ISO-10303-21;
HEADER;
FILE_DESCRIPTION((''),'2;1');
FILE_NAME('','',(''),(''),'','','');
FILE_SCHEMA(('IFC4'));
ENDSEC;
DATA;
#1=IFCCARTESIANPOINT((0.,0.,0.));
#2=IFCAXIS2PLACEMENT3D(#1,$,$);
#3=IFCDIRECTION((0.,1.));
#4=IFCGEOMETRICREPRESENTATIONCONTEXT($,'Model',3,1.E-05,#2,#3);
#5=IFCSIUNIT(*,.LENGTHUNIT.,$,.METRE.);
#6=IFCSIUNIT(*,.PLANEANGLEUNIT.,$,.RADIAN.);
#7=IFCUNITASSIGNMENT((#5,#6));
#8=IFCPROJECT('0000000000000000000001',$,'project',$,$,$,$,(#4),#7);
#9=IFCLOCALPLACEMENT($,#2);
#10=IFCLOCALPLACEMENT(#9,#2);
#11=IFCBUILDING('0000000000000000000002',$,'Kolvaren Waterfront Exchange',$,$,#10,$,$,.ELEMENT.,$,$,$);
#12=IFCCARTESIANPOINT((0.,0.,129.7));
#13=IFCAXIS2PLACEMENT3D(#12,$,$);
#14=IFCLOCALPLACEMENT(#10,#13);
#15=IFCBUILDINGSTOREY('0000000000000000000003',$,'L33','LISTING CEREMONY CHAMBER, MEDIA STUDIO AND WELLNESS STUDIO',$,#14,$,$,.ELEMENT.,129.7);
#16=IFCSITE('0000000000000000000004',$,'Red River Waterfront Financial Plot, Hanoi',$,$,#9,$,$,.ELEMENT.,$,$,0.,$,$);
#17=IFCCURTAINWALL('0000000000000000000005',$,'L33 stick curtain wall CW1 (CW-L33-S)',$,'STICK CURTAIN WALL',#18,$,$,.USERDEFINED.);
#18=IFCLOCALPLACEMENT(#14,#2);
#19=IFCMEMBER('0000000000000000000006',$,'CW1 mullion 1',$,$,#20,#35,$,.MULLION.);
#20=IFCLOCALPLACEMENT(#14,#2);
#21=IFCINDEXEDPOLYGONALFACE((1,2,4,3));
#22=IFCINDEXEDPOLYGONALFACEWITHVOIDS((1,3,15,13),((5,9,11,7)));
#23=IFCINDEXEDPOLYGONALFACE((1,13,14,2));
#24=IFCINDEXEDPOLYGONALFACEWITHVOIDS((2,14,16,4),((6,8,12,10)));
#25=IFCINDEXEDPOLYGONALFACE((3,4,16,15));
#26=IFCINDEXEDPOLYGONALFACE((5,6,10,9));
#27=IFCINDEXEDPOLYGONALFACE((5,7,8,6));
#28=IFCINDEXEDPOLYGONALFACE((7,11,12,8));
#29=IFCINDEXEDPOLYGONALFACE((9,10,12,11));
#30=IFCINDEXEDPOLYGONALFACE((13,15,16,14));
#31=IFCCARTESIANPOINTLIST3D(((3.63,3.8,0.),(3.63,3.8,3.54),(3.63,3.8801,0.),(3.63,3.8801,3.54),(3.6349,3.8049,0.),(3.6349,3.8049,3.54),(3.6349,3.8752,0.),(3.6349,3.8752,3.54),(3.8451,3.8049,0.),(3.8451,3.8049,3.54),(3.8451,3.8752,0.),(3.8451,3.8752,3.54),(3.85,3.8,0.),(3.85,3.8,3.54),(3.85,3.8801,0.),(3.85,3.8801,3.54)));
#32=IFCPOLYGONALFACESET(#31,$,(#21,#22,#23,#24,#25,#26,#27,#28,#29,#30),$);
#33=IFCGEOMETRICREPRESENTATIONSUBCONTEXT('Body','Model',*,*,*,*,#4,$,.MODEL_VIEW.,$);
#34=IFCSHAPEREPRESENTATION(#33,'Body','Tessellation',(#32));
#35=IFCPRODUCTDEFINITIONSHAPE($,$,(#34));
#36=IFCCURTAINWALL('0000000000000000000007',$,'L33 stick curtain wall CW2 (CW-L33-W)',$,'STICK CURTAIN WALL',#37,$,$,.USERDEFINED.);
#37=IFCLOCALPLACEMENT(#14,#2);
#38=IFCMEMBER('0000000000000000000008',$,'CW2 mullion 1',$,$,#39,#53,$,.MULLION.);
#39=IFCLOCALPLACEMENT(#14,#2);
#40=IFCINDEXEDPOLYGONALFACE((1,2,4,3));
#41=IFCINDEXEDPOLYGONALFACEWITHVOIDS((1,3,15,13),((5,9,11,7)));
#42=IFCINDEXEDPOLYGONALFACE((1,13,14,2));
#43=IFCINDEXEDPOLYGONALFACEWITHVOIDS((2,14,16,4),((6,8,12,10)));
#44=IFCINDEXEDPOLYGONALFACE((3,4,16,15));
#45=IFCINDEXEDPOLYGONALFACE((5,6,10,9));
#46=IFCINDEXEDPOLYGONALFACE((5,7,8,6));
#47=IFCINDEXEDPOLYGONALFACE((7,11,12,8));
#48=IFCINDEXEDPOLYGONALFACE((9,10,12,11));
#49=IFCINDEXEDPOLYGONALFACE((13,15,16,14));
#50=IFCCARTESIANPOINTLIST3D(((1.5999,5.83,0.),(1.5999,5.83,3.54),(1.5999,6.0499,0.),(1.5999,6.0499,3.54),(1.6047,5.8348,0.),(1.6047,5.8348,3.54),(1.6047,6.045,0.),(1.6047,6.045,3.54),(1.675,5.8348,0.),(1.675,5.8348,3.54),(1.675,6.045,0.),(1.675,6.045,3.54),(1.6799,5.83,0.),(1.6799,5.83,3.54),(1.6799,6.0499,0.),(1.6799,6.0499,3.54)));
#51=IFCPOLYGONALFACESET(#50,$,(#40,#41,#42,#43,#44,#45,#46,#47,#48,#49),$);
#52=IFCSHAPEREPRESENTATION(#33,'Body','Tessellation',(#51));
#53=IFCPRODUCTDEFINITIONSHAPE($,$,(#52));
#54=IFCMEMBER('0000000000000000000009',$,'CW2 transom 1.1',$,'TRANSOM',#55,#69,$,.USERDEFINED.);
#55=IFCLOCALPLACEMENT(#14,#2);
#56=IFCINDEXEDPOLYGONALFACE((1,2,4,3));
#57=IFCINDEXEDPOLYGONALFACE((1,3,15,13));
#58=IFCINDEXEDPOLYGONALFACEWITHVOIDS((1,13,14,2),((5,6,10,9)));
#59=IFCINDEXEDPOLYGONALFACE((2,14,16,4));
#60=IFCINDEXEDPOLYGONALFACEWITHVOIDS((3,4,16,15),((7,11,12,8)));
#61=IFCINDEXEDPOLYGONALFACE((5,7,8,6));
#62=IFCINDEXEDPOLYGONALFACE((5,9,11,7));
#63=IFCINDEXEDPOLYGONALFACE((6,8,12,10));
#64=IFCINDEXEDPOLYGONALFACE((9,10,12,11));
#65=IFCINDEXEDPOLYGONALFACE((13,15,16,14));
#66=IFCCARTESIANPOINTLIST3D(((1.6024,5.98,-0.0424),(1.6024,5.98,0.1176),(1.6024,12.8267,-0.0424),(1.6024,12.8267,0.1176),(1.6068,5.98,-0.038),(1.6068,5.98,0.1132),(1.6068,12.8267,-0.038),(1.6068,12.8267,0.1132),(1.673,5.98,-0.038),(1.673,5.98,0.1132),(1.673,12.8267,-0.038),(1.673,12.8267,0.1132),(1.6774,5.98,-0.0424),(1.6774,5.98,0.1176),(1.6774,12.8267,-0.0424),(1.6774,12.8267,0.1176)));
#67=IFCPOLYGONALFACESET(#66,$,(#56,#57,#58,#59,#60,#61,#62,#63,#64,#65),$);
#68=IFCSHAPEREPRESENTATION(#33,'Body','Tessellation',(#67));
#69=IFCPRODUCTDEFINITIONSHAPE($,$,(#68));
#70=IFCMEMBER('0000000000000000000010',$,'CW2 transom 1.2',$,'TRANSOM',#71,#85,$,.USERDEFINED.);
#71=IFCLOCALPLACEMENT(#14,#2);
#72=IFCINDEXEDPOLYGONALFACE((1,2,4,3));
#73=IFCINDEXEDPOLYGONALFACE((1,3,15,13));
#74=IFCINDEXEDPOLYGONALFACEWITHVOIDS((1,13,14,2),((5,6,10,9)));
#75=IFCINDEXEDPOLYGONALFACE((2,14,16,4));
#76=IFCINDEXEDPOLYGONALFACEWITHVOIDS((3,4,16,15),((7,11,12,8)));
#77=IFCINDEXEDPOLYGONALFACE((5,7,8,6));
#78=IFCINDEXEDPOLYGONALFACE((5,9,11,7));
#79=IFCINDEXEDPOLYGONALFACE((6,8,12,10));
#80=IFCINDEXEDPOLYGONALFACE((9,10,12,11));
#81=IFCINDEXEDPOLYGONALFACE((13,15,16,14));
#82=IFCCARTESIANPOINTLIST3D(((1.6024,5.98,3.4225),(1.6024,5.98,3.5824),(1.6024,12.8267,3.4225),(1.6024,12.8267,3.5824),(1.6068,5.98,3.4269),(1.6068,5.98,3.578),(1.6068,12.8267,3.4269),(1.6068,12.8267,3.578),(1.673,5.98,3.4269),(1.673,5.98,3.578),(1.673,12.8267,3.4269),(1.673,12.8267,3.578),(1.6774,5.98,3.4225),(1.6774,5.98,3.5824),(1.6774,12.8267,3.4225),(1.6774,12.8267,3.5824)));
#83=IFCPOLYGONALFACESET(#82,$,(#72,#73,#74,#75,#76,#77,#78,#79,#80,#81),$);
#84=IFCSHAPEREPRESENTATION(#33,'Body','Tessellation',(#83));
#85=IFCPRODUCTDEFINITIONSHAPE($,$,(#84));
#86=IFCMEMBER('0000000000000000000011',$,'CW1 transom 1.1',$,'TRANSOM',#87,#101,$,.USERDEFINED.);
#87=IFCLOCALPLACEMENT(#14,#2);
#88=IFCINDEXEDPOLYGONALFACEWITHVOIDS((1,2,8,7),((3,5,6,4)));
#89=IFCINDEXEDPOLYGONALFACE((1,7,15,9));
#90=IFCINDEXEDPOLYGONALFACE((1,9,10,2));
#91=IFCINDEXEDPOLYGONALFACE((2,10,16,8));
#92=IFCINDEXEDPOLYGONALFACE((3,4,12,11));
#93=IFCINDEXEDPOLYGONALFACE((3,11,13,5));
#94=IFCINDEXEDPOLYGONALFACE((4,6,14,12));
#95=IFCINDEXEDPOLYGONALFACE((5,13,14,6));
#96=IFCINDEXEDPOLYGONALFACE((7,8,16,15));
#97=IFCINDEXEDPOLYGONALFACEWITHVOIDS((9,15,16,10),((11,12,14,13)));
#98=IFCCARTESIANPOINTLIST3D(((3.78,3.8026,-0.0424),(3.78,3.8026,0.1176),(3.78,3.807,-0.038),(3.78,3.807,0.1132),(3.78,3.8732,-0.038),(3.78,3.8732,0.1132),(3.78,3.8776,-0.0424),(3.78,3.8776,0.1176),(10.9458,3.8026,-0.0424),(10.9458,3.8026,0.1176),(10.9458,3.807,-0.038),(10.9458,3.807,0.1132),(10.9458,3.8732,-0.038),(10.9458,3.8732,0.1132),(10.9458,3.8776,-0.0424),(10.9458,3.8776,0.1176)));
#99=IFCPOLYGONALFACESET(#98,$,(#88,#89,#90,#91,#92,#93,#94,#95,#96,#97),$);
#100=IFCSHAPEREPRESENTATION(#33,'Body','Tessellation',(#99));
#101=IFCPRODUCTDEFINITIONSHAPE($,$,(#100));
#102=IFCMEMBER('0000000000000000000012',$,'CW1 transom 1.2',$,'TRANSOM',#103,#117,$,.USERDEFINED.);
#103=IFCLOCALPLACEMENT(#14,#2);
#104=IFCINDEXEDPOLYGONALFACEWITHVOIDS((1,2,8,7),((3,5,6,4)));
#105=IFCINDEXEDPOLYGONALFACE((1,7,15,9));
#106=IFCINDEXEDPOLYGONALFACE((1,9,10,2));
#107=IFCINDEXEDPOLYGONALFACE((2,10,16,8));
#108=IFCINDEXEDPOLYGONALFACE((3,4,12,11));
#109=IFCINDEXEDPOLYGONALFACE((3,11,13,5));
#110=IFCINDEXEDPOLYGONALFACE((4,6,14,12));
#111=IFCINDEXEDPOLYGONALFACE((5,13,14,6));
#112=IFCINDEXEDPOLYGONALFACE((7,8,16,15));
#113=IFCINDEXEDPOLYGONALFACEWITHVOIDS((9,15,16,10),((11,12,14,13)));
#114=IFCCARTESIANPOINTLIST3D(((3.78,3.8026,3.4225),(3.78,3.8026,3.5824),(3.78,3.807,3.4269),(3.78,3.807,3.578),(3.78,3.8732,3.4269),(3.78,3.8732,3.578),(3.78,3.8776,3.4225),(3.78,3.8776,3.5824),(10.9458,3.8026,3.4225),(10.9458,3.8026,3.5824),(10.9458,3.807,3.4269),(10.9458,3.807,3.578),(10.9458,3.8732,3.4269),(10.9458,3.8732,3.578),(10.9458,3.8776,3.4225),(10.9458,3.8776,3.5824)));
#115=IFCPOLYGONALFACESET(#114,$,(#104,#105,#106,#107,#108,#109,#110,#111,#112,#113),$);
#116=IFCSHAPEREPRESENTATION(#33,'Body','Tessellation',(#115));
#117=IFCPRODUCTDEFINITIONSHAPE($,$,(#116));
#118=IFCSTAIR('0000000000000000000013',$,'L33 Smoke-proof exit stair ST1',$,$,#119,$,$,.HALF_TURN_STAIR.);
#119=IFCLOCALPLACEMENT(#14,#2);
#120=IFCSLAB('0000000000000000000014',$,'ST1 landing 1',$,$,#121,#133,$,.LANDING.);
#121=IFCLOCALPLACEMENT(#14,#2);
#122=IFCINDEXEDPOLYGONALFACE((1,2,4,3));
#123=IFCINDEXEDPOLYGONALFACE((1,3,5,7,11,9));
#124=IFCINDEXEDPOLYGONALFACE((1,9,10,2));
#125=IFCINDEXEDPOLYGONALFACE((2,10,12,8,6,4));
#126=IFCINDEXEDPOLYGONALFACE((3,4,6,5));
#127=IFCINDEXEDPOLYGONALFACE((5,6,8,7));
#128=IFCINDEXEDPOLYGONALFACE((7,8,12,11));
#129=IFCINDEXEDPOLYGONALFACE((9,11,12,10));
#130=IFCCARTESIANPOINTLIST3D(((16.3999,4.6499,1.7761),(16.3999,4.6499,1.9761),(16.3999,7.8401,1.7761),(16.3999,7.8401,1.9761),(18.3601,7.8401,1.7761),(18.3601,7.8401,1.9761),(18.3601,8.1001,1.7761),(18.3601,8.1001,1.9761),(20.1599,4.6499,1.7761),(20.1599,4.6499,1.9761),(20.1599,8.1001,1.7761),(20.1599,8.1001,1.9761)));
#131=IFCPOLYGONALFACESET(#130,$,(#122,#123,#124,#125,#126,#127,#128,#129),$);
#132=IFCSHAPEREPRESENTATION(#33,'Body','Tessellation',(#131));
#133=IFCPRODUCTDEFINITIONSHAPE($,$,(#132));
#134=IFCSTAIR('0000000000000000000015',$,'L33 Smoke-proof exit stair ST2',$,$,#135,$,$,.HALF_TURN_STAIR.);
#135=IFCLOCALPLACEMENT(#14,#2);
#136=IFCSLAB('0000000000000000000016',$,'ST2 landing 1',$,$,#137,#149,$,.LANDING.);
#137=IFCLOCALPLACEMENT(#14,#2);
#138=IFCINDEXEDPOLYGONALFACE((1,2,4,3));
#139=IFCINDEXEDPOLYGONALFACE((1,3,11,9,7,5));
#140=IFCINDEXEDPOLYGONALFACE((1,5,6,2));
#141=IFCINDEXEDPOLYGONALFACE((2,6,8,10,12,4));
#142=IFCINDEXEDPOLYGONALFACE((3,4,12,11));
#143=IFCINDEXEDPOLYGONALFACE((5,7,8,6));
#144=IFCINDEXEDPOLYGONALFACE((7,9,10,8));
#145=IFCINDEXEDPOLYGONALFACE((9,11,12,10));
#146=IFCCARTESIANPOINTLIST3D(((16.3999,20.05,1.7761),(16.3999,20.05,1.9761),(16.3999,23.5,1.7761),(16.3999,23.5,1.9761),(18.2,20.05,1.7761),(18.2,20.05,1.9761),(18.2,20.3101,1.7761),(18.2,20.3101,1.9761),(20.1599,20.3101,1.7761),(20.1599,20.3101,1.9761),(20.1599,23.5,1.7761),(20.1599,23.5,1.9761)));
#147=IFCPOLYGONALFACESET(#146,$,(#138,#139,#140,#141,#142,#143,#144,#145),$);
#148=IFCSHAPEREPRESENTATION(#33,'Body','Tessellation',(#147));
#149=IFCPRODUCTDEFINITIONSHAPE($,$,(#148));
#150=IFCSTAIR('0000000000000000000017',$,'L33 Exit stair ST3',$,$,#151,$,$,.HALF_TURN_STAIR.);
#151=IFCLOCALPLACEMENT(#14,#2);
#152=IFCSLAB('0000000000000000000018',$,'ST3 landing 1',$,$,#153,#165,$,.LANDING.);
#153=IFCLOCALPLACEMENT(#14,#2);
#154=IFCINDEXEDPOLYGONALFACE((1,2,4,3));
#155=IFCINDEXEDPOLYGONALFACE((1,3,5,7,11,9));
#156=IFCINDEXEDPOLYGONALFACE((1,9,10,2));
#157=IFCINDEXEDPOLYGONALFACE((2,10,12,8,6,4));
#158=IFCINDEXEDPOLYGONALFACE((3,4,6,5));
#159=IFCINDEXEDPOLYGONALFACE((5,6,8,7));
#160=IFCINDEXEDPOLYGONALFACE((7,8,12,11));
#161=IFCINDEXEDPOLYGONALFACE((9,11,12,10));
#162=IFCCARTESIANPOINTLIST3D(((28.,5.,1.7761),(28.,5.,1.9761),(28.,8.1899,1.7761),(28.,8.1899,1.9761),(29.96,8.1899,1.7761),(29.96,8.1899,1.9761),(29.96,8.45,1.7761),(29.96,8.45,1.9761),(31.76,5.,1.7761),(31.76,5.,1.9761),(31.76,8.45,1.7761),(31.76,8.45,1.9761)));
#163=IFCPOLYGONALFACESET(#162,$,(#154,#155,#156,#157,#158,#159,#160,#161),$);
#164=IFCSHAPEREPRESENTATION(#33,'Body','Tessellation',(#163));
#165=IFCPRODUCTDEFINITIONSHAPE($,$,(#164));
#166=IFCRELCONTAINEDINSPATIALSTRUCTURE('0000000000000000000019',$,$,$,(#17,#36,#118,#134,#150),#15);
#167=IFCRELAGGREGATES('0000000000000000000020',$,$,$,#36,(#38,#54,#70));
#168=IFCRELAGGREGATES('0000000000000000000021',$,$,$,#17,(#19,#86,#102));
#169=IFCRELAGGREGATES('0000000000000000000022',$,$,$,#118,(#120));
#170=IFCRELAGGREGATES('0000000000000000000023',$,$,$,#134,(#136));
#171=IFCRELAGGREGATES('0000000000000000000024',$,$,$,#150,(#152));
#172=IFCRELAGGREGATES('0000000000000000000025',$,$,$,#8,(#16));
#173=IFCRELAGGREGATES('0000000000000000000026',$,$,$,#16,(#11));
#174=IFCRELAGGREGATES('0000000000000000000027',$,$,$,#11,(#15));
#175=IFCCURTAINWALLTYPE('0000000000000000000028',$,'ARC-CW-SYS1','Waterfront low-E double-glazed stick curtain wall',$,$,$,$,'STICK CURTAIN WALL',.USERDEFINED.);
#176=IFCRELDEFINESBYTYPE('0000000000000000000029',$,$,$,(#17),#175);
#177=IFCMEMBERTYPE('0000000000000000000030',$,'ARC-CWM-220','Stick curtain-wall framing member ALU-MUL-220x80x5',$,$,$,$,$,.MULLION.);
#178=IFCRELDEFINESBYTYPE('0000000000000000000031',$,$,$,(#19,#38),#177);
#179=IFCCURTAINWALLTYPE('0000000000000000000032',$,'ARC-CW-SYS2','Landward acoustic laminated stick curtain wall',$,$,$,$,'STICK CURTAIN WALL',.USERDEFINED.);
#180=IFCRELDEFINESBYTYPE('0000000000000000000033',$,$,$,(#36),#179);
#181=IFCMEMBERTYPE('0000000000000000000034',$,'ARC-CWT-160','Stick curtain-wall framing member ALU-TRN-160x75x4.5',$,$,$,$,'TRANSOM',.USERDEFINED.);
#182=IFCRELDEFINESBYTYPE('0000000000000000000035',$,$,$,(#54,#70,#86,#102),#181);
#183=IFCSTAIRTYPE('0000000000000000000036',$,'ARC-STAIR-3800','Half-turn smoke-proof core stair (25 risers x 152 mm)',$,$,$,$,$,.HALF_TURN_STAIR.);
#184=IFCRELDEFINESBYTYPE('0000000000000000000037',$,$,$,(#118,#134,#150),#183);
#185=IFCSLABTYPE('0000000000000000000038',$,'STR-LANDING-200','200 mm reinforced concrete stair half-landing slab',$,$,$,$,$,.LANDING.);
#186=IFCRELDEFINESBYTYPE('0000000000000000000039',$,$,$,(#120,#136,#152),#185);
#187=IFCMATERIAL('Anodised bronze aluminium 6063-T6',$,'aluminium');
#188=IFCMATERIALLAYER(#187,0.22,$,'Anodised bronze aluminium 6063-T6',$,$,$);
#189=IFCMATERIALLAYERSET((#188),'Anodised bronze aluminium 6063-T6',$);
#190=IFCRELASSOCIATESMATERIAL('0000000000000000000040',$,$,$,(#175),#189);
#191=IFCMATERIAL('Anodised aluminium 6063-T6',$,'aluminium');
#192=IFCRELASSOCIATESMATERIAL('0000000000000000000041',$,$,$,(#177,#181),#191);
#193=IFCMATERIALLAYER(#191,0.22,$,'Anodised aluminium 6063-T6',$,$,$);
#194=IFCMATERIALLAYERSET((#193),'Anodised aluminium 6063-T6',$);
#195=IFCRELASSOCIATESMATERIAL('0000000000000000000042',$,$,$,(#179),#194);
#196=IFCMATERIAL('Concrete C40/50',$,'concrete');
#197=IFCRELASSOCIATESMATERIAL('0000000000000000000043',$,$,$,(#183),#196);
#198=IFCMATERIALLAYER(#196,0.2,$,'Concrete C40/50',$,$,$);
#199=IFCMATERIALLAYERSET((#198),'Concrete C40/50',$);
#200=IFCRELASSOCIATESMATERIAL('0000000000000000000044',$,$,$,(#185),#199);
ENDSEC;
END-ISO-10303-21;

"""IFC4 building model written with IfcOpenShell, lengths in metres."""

from ifc_helpers import new_model, si_unit, direction, frame, origin, origin_with_axes, origin_2d, place, context, subcontext, project, spatial, polyline, hollow_rectangle, outline, extrude, source, transform, mapped, material, layer, layer_set, material_profile, profile_set, type_object, element, aggregate, save


model = new_model("IFC4")

# Units and contexts
model_context = context("Model", 3, precision=1e-05, world=origin(), true_north=direction((0.0, 1.0)))
body_context = subcontext(model_context, "Body", "Model", "MODEL_VIEW")
ifc_project = project(units=[si_unit("LENGTHUNIT", "METRE"), si_unit("PLANEANGLEUNIT", "RADIAN")], contexts=[model_context])

# Site, building, storey
site_placement = place(None, origin())
site = spatial("IfcSite", under=ifc_project, at=site_placement, Name="Red River Waterfront Financial Plot, Hanoi", CompositionType="ELEMENT", RefElevation=0.0)
building_placement = place(site_placement, origin())
building = spatial("IfcBuilding", under=site, at=building_placement, Name="Kolvaren Waterfront Exchange", CompositionType="ELEMENT")
storey_placement = place(building_placement, frame((0.0, 0.0, 129.7)))
storey = spatial("IfcBuildingStorey", under=building, at=storey_placement, Name="L33", Description="LISTING CEREMONY CHAMBER, MEDIA STUDIO AND WELLNESS STUDIO", CompositionType="ELEMENT", Elevation=129.7)

# Curtain wall, member
ifc_material_1 = material(Name="Anodised bronze aluminium 6063-T6", Category="aluminium")
ifc_layer_1 = layer(ifc_material_1, 0.22, Name="Anodised bronze aluminium 6063-T6")
ifc_layer_set_1 = layer_set([ifc_layer_1], Name="Anodised bronze aluminium 6063-T6")
curtain_wall_type_1 = type_object("IfcCurtainWallType", Name="ARC-CW-SYS1", Description="Waterfront low-E double-glazed stick curtain wall", ElementType="STICK CURTAIN WALL", PredefinedType="USERDEFINED", material=ifc_layer_set_1)
curtain_wall_1_placement = place(storey_placement, origin())
curtain_wall_1 = element("IfcCurtainWall", 1, at=curtain_wall_1_placement, inside=storey, type_object=curtain_wall_type_1, Name="L33 stick curtain wall CW1 (CW-L33-S)", ObjectType="STICK CURTAIN WALL", PredefinedType="USERDEFINED")
ifc_material_2 = material(Name="Anodised aluminium 6063-T6", Category="aluminium")
ifc_material_profile_1 = material_profile(ifc_material_2, hollow_rectangle(XDim=0.0801, YDim=0.22, WallThickness=0.0049, at=origin_2d()), Name="ALU-MUL-220x80x5")
ifc_profile_set_1 = profile_set([ifc_material_profile_1], Name="Anodised aluminium 6063-T6")
member_type_1 = type_object("IfcMemberType", Name="ARC-CWM-220", Description="Stick curtain-wall framing member ALU-MUL-220x80x5", PredefinedType="MULLION", material=ifc_profile_set_1)
shared_shape_1 = source(origin_with_axes(), body_context, "Body", "SweptSolid", [
    extrude(hollow_rectangle(XDim=0.0801, YDim=0.22, WallThickness=0.0049, at=origin_2d()), origin(), (0.0, 0.0, 1.0), 3.54),
])
member_1_placement = place(storey_placement, frame((3.74, 3.8401, 0.0), z_axis=(0.0, 0.0, 1.0), x_axis=(0.0, 1.0, 0.0)))
member_1 = element("IfcMember", 2, at=member_1_placement, type_object=member_type_1, Name="CW1 mullion 1", PredefinedType="MULLION", context=body_context, shape_type="MappedRepresentation", body=[
    mapped(shared_shape_1, transform((0.0, 0.0, 0.0), x_axis=(1.0, 0.0, 0.0), y_axis=(0.0, 1.0, 0.0), z_axis=(0.0, 0.0, 1.0), scale=1.0)),
])

# Curtain wall, members
ifc_layer_2 = layer(ifc_material_2, 0.22, Name="Anodised aluminium 6063-T6")
ifc_layer_set_2 = layer_set([ifc_layer_2], Name="Anodised aluminium 6063-T6")
curtain_wall_type_2 = type_object("IfcCurtainWallType", Name="ARC-CW-SYS2", Description="Landward acoustic laminated stick curtain wall", ElementType="STICK CURTAIN WALL", PredefinedType="USERDEFINED", material=ifc_layer_set_2)
curtain_wall_2_placement = place(storey_placement, origin())
curtain_wall_2 = element("IfcCurtainWall", 3, at=curtain_wall_2_placement, inside=storey, type_object=curtain_wall_type_2, Name="L33 stick curtain wall CW2 (CW-L33-W)", ObjectType="STICK CURTAIN WALL", PredefinedType="USERDEFINED")
member_2_placement = place(storey_placement, frame((1.6399, 5.9399, 0.0), z_axis=(0.0, 0.0, 1.0), x_axis=(-1.0, 0.0, 0.0)))
member_2 = element("IfcMember", 4, at=member_2_placement, type_object=member_type_1, Name="CW2 mullion 1", PredefinedType="MULLION", context=body_context, shape_type="MappedRepresentation", body=[
    mapped(shared_shape_1, transform((0.0, 0.0, 0.0), x_axis=(1.0, 0.0, 0.0), y_axis=(0.0, 1.0, 0.0), z_axis=(0.0, 0.0, 1.0), scale=1.0)),
])
ifc_material_profile_2 = material_profile(ifc_material_2, hollow_rectangle(XDim=0.075, YDim=0.1599, WallThickness=0.0044, at=origin_2d()), Name="ALU-TRN-160x75x4.5")
ifc_profile_set_2 = profile_set([ifc_material_profile_2], Name="Anodised aluminium 6063-T6")
member_type_2 = type_object("IfcMemberType", Name="ARC-CWT-160", Description="Stick curtain-wall framing member ALU-TRN-160x75x4.5", ElementType="TRANSOM", PredefinedType="USERDEFINED", material=ifc_profile_set_2)
shared_shape_2 = source(origin_with_axes(), body_context, "Body", "SweptSolid", [
    extrude(hollow_rectangle(XDim=0.075, YDim=0.1599, WallThickness=0.0044, at=origin_2d()), origin(), (0.0, 0.0, 1.0), 6.8467),
])
member_3_placement = place(storey_placement, frame((1.6399, 5.98, 0.0376), z_axis=(0.0, 1.0, 0.0), x_axis=(-1.0, 0.0, 0.0)))
member_3 = element("IfcMember", 5, at=member_3_placement, type_object=member_type_2, Name="CW2 transom 1.1", ObjectType="TRANSOM", PredefinedType="USERDEFINED", context=body_context, shape_type="MappedRepresentation", body=[
    mapped(shared_shape_2, transform((0.0, 0.0, 0.0), x_axis=(1.0, 0.0, 0.0), y_axis=(0.0, 1.0, 0.0), z_axis=(0.0, 0.0, 1.0), scale=1.0)),
])
member_4_placement = place(storey_placement, frame((1.6399, 5.98, 3.5024), z_axis=(0.0, 1.0, 0.0), x_axis=(-1.0, 0.0, 0.0)))
member_4 = element("IfcMember", 6, at=member_4_placement, type_object=member_type_2, Name="CW2 transom 1.2", ObjectType="TRANSOM", PredefinedType="USERDEFINED", context=body_context, shape_type="MappedRepresentation", body=[
    mapped(shared_shape_2, transform((0.0, 0.0, 0.0), x_axis=(1.0, 0.0, 0.0), y_axis=(0.0, 1.0, 0.0), z_axis=(0.0, 0.0, 1.0), scale=1.0)),
])
aggregate(curtain_wall_2, [member_2, member_3, member_4])

# Members
shared_shape_3 = source(origin_with_axes(), body_context, "Body", "SweptSolid", [
    extrude(hollow_rectangle(XDim=0.075, YDim=0.1599, WallThickness=0.0044, at=origin_2d()), origin(), (0.0, 0.0, 1.0), 7.1658),
])
member_5_placement = place(storey_placement, frame((3.78, 3.8401, 0.0376), z_axis=(1.0, 0.0, 0.0), x_axis=(0.0, 1.0, 0.0)))
member_5 = element("IfcMember", 7, at=member_5_placement, type_object=member_type_2, Name="CW1 transom 1.1", ObjectType="TRANSOM", PredefinedType="USERDEFINED", context=body_context, shape_type="MappedRepresentation", body=[
    mapped(shared_shape_3, transform((0.0, 0.0, 0.0), x_axis=(1.0, 0.0, 0.0), y_axis=(0.0, 1.0, 0.0), z_axis=(0.0, 0.0, 1.0), scale=1.0)),
])
member_6_placement = place(storey_placement, frame((3.78, 3.8401, 3.5024), z_axis=(1.0, 0.0, 0.0), x_axis=(0.0, 1.0, 0.0)))
member_6 = element("IfcMember", 8, at=member_6_placement, type_object=member_type_2, Name="CW1 transom 1.2", ObjectType="TRANSOM", PredefinedType="USERDEFINED", context=body_context, shape_type="MappedRepresentation", body=[
    mapped(shared_shape_3, transform((0.0, 0.0, 0.0), x_axis=(1.0, 0.0, 0.0), y_axis=(0.0, 1.0, 0.0), z_axis=(0.0, 0.0, 1.0), scale=1.0)),
])
aggregate(curtain_wall_1, [member_1, member_5, member_6])

# Stairs, slabs
ifc_material_3 = material(Name="Concrete C40/50", Category="concrete")
stair_type = type_object("IfcStairType", Name="ARC-STAIR-3800", Description="Half-turn smoke-proof core stair (25 risers x 152 mm)", PredefinedType="HALF_TURN_STAIR", material=ifc_material_3)
stair_1_placement = place(storey_placement, origin())
stair_1 = element("IfcStair", 9, at=stair_1_placement, inside=storey, type_object=stair_type, Name="L33 Smoke-proof exit stair ST1", PredefinedType="HALF_TURN_STAIR")
ifc_layer_3 = layer(ifc_material_3, 0.2, Name="Concrete C40/50")
ifc_layer_set_3 = layer_set([ifc_layer_3], Name="Concrete C40/50")
slab_type_1 = type_object("IfcSlabType", Name="STR-LANDING-200", Description="200 mm reinforced concrete stair half-landing slab", PredefinedType="LANDING", material=ifc_layer_set_3)
slab_1_placement = place(storey_placement, frame((0.0, 0.0, 1.7761)))
slab_1 = element("IfcSlab", 10, at=slab_1_placement, type_object=slab_type_1, Name="ST1 landing 1", PredefinedType="LANDING", context=body_context, shape_type="SweptSolid", body=[
    extrude(outline(polyline([(16.3999, 7.8401), (16.3999, 4.6499), (20.1599, 4.6499), (20.1599, 8.1001), (18.3601, 8.1001), (18.3601, 7.8401), (16.3999, 7.8401)])), origin(), (0.0, 0.0, 1.0), 0.2),
])
aggregate(stair_1, [slab_1])
stair_2_placement = place(storey_placement, origin())
stair_2 = element("IfcStair", 11, at=stair_2_placement, inside=storey, type_object=stair_type, Name="L33 Smoke-proof exit stair ST2", PredefinedType="HALF_TURN_STAIR")
slab_2_placement = place(storey_placement, frame((0.0, 0.0, 1.7761)))
slab_2 = element("IfcSlab", 12, at=slab_2_placement, type_object=slab_type_1, Name="ST2 landing 1", PredefinedType="LANDING", context=body_context, shape_type="SweptSolid", body=[
    extrude(outline(polyline([(20.1599, 20.3101), (20.1599, 23.5), (16.3999, 23.5), (16.3999, 20.05), (18.2, 20.05), (18.2, 20.3101), (20.1599, 20.3101)])), origin(), (0.0, 0.0, 1.0), 0.2),
])
aggregate(stair_2, [slab_2])
stair_3_placement = place(storey_placement, origin())
stair_3 = element("IfcStair", 13, at=stair_3_placement, inside=storey, type_object=stair_type, Name="L33 Exit stair ST3", PredefinedType="HALF_TURN_STAIR")
slab_3_placement = place(storey_placement, frame((0.0, 0.0, 1.7761)))
slab_3 = element("IfcSlab", 14, at=slab_3_placement, type_object=slab_type_1, Name="ST3 landing 1", PredefinedType="LANDING", context=body_context, shape_type="SweptSolid", body=[
    extrude(outline(polyline([(28.0, 8.1899), (28.0, 5.0), (31.76, 5.0), (31.76, 8.45), (29.96, 8.45), (29.96, 8.1899), (28.0, 8.1899)])), origin(), (0.0, 0.0, 1.0), 0.2),
])
aggregate(stair_3, [slab_3])

save(model, "model.ifc")
